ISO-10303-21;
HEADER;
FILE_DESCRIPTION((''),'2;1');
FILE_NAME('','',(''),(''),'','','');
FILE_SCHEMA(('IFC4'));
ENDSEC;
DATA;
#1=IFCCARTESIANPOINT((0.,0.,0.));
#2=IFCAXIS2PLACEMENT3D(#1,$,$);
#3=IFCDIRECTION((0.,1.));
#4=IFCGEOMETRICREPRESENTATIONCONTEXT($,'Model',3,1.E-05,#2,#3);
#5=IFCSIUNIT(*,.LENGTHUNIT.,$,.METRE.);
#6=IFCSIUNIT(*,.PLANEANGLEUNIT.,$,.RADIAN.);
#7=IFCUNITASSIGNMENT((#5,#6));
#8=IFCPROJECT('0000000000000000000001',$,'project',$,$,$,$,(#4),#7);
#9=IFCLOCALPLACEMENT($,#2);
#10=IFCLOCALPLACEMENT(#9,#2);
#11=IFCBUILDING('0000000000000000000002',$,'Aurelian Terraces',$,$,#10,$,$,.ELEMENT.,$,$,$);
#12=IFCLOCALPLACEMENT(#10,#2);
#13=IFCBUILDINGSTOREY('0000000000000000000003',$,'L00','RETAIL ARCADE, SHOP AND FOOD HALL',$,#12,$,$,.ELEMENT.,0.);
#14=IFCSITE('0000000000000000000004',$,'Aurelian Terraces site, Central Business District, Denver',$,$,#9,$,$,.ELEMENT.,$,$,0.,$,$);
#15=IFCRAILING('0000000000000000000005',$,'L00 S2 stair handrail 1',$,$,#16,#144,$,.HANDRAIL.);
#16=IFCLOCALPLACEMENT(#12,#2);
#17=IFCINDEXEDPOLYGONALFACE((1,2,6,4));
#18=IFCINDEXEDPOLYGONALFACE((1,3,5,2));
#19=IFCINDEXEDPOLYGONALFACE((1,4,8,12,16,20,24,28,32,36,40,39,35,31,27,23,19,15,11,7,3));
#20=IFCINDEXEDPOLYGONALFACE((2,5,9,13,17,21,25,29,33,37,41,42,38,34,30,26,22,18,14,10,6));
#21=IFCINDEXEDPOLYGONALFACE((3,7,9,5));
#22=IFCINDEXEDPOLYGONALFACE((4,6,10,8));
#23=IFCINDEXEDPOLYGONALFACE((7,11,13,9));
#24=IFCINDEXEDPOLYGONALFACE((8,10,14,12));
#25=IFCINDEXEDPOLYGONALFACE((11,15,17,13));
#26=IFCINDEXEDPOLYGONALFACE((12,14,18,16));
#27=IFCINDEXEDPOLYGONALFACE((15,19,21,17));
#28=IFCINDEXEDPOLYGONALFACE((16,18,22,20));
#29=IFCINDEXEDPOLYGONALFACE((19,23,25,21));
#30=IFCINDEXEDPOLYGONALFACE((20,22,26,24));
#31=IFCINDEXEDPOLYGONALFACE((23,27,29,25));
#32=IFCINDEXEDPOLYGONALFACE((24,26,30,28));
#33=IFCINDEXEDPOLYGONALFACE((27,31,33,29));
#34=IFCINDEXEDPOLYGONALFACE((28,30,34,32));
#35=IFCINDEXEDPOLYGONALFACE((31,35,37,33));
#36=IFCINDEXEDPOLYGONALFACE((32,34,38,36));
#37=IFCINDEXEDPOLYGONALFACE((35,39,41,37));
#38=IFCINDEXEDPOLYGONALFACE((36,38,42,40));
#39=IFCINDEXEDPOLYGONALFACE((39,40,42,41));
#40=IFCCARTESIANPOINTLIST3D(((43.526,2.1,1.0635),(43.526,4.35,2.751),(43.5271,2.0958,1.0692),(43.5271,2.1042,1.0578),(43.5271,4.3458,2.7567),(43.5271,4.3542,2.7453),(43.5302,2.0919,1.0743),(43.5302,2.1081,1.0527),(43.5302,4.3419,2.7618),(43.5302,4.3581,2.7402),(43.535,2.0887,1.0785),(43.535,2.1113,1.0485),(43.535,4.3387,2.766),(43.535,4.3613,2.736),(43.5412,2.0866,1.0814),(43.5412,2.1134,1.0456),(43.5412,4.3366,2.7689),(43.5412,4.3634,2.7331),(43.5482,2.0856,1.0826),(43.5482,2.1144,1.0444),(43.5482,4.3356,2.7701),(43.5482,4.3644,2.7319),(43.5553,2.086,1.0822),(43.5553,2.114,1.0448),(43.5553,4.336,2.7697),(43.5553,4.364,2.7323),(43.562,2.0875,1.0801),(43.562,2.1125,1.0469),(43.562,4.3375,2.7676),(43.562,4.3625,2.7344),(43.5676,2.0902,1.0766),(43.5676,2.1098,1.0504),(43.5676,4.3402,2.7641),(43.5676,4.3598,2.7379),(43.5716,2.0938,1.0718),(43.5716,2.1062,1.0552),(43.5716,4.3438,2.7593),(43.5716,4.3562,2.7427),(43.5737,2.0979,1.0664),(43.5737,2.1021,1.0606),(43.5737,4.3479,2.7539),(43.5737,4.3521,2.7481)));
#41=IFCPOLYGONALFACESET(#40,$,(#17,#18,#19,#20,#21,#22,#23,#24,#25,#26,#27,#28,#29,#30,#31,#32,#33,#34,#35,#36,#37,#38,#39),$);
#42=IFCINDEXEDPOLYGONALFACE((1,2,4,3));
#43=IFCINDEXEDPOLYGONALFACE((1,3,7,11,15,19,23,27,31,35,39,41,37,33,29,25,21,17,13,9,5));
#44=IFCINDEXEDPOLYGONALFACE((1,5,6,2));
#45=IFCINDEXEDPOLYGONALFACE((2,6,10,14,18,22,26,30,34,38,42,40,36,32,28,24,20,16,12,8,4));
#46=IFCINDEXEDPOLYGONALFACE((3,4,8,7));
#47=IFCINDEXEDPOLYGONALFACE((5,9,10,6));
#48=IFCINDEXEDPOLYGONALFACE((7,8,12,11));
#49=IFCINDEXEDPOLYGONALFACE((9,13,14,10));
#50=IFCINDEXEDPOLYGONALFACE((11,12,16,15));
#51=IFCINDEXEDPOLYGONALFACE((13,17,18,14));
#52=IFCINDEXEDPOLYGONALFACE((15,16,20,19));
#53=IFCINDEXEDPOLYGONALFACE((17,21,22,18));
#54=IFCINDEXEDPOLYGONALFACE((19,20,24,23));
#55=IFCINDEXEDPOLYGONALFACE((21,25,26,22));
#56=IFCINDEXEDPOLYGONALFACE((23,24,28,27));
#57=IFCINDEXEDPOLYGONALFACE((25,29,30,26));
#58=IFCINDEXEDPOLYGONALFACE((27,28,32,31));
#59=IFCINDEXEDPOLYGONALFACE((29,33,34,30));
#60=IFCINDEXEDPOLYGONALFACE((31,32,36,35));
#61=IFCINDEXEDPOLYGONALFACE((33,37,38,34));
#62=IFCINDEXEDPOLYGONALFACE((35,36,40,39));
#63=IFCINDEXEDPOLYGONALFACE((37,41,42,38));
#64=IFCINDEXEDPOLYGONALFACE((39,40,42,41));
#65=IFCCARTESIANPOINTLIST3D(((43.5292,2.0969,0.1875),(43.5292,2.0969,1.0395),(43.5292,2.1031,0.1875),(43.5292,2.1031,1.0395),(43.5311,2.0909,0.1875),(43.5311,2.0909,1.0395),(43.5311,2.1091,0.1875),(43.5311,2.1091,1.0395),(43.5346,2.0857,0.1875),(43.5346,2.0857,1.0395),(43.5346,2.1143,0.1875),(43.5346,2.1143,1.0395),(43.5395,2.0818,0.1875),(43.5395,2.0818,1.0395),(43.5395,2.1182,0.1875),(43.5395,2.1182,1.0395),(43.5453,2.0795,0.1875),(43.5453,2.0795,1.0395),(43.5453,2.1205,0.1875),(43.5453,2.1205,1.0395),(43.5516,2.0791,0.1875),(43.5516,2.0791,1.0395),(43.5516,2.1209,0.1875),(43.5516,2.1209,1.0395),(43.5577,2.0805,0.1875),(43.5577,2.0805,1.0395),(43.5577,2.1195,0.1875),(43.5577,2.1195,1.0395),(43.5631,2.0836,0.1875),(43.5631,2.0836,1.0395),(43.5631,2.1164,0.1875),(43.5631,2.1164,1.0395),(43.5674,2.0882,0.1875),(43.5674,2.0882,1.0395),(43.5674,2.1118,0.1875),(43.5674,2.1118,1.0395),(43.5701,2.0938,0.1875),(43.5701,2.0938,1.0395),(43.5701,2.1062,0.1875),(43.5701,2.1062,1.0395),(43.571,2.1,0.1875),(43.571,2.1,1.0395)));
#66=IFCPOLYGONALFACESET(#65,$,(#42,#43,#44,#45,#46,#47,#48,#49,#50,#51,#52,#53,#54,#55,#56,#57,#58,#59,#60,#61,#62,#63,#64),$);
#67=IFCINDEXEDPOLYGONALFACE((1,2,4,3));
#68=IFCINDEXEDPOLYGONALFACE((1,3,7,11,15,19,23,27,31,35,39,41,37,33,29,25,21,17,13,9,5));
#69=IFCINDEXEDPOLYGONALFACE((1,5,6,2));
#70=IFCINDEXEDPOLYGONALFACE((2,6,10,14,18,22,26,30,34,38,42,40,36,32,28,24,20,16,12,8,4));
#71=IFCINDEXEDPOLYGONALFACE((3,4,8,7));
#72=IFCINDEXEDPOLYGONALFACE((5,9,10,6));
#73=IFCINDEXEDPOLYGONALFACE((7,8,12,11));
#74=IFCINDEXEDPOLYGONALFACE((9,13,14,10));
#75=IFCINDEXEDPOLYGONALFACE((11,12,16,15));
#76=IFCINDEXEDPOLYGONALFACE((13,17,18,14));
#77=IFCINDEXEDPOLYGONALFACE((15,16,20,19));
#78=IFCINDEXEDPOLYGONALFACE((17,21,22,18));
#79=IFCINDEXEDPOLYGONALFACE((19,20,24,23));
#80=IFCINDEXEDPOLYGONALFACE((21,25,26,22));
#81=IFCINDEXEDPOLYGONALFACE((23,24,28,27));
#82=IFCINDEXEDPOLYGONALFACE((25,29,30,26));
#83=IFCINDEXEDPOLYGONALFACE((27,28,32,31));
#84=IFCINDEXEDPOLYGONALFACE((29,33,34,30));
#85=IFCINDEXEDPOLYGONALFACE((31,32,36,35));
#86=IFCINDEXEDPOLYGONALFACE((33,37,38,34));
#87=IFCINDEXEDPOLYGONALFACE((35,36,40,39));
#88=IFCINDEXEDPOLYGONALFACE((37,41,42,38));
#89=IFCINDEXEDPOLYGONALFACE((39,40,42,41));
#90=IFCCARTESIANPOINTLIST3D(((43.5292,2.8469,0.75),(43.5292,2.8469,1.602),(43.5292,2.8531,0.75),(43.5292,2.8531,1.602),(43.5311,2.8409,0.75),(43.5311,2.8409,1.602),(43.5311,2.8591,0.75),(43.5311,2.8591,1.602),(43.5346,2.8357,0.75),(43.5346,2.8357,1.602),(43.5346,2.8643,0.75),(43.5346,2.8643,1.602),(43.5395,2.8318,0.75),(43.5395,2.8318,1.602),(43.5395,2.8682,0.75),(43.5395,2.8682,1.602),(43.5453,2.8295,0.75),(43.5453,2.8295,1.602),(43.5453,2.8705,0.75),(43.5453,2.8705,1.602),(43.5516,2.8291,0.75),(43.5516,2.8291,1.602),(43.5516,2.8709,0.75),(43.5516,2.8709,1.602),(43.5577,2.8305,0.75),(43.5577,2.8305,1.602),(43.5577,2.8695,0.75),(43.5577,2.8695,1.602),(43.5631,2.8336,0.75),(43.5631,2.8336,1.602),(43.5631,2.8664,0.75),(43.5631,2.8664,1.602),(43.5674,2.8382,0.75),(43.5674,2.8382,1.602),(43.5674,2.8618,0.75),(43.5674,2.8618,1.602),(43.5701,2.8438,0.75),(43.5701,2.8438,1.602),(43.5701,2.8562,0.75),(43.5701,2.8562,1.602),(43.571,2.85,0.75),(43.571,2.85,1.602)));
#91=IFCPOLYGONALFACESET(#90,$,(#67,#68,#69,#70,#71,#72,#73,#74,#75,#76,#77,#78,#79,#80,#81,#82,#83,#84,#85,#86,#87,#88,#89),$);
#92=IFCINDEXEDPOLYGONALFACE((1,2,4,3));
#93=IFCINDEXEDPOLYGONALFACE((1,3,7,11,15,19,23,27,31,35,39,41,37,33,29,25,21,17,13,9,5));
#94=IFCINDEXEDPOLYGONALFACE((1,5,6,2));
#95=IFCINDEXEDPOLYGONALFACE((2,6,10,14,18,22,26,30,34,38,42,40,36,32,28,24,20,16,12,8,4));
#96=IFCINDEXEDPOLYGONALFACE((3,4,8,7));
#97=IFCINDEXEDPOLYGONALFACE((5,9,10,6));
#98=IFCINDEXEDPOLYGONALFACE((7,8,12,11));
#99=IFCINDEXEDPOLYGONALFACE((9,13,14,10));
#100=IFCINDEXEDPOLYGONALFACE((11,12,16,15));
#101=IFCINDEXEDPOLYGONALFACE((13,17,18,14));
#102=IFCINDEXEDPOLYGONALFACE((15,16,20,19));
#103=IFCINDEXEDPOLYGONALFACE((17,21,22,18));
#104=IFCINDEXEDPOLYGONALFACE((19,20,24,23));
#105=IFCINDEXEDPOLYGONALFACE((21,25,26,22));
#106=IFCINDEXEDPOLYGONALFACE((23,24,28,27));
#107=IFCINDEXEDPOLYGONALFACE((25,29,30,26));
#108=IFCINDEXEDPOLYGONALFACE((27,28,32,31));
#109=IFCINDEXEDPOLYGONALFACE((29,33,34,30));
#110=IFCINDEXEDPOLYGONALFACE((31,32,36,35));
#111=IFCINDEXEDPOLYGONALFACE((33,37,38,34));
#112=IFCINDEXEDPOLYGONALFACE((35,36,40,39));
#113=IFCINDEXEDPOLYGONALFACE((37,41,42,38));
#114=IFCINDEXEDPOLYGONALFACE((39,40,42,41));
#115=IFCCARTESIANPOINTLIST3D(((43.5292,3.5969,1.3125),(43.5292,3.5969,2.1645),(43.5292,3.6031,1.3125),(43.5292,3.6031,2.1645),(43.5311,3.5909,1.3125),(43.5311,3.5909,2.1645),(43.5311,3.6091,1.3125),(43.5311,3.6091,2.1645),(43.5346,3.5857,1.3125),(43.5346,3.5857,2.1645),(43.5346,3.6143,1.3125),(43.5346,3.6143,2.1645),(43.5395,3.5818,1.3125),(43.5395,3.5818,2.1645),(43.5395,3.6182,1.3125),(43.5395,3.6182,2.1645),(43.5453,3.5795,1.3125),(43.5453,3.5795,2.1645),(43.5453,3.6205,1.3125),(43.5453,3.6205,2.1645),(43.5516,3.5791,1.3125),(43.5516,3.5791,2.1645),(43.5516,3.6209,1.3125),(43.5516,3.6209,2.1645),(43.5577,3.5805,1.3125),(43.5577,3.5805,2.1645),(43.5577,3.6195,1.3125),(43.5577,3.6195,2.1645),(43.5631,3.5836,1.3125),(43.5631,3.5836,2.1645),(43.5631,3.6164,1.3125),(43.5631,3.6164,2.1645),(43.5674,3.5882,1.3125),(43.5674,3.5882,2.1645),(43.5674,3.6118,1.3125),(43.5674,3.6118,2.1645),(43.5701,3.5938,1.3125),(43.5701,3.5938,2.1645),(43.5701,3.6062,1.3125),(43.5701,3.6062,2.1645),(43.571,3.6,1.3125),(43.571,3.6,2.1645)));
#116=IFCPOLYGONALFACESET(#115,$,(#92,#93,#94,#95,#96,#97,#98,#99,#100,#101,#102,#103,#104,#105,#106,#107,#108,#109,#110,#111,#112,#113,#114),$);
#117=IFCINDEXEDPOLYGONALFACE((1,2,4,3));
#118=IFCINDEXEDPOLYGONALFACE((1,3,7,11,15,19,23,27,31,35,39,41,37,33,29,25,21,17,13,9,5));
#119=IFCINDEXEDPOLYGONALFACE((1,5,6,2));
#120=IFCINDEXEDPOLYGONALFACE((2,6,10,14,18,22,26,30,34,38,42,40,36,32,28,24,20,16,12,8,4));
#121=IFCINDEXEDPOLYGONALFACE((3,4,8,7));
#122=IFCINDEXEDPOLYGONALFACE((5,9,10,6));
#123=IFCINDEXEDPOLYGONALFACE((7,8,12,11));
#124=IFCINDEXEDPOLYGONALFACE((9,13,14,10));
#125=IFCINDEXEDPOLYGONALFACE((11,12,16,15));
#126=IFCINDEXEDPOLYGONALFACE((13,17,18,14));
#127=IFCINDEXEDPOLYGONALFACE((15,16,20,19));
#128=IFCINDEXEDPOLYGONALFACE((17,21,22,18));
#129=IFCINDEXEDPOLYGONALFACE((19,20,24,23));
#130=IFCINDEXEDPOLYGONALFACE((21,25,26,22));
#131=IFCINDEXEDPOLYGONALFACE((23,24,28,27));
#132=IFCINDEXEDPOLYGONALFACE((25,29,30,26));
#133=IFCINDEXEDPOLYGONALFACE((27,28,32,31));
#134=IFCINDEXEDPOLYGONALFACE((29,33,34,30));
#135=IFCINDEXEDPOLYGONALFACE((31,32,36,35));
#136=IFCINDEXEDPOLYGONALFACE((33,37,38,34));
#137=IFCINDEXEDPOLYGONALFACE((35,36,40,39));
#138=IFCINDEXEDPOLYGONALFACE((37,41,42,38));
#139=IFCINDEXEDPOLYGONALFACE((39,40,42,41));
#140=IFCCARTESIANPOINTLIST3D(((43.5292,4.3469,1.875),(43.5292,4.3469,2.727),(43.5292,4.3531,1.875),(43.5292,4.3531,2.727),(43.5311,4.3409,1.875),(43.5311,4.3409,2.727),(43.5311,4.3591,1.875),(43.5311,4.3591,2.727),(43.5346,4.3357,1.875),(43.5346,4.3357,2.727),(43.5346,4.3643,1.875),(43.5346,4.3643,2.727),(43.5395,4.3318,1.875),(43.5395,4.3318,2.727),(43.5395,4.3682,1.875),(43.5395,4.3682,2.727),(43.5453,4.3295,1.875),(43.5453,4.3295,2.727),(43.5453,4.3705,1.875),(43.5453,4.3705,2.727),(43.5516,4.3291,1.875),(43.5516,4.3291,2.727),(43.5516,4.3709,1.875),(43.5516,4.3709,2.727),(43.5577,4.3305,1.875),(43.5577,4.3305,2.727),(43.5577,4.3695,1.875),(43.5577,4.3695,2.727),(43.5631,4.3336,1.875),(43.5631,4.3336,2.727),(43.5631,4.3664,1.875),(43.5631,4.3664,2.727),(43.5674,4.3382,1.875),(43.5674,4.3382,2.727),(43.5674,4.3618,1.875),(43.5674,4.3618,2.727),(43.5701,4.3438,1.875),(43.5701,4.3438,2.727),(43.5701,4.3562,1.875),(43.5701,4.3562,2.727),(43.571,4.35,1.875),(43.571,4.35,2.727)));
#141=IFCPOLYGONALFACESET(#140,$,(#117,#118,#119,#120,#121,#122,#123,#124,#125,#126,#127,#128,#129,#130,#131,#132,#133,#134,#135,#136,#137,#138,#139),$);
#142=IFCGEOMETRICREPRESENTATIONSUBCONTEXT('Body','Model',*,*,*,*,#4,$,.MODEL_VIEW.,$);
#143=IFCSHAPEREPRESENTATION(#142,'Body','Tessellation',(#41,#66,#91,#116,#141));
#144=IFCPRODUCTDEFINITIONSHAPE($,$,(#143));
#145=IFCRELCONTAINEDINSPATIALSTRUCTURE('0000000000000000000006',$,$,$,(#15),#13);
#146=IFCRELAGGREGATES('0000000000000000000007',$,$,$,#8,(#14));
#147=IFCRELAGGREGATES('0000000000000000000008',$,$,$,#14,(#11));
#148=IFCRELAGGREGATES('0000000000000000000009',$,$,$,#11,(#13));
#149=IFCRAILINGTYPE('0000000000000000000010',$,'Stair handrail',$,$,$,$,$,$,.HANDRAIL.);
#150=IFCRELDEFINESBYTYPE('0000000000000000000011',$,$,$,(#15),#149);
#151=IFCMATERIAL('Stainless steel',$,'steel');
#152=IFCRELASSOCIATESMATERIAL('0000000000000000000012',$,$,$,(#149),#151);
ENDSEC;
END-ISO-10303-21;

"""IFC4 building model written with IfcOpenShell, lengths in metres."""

from ifc_helpers import new_model, si_unit, direction, frame, origin, origin_2d, place, context, subcontext, project, spatial, circle, extrude, source, transform, mapped, material, type_object, element, save


model = new_model("IFC4")

# Units and contexts
model_context = context("Model", 3, precision=1e-05, world=origin(), true_north=direction((0.0, 1.0)))
body_context = subcontext(model_context, "Body", "Model", "MODEL_VIEW")
ifc_project = project(units=[si_unit("LENGTHUNIT", "METRE"), si_unit("PLANEANGLEUNIT", "RADIAN")], contexts=[model_context])

# Site, building, storey
site_placement = place(None, origin())
site = spatial("IfcSite", under=ifc_project, at=site_placement, Name="Aurelian Terraces site, Central Business District, Denver", CompositionType="ELEMENT", RefElevation=0.0)
building_placement = place(site_placement, origin())
building = spatial("IfcBuilding", under=site, at=building_placement, Name="Aurelian Terraces", CompositionType="ELEMENT")
storey_placement = place(building_placement, origin())
storey = spatial("IfcBuildingStorey", under=building, at=storey_placement, Name="L00", Description="RETAIL ARCADE, SHOP AND FOOD HALL", CompositionType="ELEMENT", Elevation=0.0)

# Railing
ifc_material_1 = material(Name="Stainless steel", Category="steel")
railing_type_1 = type_object("IfcRailingType", Name="Stair handrail", PredefinedType="HANDRAIL", material=ifc_material_1)
shared_shape_1 = source(origin(), body_context, "Body", "SweptSolid", [
    extrude(circle(Radius=0.024, at=origin_2d()), frame((0.0, 0.0, 0.876), z_axis=(0.0, 0.8, 0.6), x_axis=(-1.0, 0.0, 0.0)), (0.0, 0.0, 1.0), 2.8125),
    extrude(circle(Radius=0.021, at=origin_2d()), origin(), (0.0, 0.0, 1.0), 0.852),
    extrude(circle(Radius=0.021, at=origin_2d()), frame((0.0, 0.75, 0.5625)), (0.0, 0.0, 1.0), 0.852),
    extrude(circle(Radius=0.021, at=origin_2d()), frame((0.0, 1.5, 1.125)), (0.0, 0.0, 1.0), 0.852),
    extrude(circle(Radius=0.021, at=origin_2d()), frame((0.0, 2.25, 1.6875)), (0.0, 0.0, 1.0), 0.852),
])
for number, where, name in (
    (1, (43.55, 2.1, 0.1875), "L00 S2 stair handrail 1"),
):
    element("IfcRailing", number, at=place(storey_placement, frame(where)), inside=storey, type_object=railing_type_1, Name=name, PredefinedType="HANDRAIL", context=body_context, shape_type="MappedRepresentation", body=[
        mapped(shared_shape_1, transform((0.0, 0.0, 0.0), scale=1.0)),
    ])

save(model, "model.ifc")
